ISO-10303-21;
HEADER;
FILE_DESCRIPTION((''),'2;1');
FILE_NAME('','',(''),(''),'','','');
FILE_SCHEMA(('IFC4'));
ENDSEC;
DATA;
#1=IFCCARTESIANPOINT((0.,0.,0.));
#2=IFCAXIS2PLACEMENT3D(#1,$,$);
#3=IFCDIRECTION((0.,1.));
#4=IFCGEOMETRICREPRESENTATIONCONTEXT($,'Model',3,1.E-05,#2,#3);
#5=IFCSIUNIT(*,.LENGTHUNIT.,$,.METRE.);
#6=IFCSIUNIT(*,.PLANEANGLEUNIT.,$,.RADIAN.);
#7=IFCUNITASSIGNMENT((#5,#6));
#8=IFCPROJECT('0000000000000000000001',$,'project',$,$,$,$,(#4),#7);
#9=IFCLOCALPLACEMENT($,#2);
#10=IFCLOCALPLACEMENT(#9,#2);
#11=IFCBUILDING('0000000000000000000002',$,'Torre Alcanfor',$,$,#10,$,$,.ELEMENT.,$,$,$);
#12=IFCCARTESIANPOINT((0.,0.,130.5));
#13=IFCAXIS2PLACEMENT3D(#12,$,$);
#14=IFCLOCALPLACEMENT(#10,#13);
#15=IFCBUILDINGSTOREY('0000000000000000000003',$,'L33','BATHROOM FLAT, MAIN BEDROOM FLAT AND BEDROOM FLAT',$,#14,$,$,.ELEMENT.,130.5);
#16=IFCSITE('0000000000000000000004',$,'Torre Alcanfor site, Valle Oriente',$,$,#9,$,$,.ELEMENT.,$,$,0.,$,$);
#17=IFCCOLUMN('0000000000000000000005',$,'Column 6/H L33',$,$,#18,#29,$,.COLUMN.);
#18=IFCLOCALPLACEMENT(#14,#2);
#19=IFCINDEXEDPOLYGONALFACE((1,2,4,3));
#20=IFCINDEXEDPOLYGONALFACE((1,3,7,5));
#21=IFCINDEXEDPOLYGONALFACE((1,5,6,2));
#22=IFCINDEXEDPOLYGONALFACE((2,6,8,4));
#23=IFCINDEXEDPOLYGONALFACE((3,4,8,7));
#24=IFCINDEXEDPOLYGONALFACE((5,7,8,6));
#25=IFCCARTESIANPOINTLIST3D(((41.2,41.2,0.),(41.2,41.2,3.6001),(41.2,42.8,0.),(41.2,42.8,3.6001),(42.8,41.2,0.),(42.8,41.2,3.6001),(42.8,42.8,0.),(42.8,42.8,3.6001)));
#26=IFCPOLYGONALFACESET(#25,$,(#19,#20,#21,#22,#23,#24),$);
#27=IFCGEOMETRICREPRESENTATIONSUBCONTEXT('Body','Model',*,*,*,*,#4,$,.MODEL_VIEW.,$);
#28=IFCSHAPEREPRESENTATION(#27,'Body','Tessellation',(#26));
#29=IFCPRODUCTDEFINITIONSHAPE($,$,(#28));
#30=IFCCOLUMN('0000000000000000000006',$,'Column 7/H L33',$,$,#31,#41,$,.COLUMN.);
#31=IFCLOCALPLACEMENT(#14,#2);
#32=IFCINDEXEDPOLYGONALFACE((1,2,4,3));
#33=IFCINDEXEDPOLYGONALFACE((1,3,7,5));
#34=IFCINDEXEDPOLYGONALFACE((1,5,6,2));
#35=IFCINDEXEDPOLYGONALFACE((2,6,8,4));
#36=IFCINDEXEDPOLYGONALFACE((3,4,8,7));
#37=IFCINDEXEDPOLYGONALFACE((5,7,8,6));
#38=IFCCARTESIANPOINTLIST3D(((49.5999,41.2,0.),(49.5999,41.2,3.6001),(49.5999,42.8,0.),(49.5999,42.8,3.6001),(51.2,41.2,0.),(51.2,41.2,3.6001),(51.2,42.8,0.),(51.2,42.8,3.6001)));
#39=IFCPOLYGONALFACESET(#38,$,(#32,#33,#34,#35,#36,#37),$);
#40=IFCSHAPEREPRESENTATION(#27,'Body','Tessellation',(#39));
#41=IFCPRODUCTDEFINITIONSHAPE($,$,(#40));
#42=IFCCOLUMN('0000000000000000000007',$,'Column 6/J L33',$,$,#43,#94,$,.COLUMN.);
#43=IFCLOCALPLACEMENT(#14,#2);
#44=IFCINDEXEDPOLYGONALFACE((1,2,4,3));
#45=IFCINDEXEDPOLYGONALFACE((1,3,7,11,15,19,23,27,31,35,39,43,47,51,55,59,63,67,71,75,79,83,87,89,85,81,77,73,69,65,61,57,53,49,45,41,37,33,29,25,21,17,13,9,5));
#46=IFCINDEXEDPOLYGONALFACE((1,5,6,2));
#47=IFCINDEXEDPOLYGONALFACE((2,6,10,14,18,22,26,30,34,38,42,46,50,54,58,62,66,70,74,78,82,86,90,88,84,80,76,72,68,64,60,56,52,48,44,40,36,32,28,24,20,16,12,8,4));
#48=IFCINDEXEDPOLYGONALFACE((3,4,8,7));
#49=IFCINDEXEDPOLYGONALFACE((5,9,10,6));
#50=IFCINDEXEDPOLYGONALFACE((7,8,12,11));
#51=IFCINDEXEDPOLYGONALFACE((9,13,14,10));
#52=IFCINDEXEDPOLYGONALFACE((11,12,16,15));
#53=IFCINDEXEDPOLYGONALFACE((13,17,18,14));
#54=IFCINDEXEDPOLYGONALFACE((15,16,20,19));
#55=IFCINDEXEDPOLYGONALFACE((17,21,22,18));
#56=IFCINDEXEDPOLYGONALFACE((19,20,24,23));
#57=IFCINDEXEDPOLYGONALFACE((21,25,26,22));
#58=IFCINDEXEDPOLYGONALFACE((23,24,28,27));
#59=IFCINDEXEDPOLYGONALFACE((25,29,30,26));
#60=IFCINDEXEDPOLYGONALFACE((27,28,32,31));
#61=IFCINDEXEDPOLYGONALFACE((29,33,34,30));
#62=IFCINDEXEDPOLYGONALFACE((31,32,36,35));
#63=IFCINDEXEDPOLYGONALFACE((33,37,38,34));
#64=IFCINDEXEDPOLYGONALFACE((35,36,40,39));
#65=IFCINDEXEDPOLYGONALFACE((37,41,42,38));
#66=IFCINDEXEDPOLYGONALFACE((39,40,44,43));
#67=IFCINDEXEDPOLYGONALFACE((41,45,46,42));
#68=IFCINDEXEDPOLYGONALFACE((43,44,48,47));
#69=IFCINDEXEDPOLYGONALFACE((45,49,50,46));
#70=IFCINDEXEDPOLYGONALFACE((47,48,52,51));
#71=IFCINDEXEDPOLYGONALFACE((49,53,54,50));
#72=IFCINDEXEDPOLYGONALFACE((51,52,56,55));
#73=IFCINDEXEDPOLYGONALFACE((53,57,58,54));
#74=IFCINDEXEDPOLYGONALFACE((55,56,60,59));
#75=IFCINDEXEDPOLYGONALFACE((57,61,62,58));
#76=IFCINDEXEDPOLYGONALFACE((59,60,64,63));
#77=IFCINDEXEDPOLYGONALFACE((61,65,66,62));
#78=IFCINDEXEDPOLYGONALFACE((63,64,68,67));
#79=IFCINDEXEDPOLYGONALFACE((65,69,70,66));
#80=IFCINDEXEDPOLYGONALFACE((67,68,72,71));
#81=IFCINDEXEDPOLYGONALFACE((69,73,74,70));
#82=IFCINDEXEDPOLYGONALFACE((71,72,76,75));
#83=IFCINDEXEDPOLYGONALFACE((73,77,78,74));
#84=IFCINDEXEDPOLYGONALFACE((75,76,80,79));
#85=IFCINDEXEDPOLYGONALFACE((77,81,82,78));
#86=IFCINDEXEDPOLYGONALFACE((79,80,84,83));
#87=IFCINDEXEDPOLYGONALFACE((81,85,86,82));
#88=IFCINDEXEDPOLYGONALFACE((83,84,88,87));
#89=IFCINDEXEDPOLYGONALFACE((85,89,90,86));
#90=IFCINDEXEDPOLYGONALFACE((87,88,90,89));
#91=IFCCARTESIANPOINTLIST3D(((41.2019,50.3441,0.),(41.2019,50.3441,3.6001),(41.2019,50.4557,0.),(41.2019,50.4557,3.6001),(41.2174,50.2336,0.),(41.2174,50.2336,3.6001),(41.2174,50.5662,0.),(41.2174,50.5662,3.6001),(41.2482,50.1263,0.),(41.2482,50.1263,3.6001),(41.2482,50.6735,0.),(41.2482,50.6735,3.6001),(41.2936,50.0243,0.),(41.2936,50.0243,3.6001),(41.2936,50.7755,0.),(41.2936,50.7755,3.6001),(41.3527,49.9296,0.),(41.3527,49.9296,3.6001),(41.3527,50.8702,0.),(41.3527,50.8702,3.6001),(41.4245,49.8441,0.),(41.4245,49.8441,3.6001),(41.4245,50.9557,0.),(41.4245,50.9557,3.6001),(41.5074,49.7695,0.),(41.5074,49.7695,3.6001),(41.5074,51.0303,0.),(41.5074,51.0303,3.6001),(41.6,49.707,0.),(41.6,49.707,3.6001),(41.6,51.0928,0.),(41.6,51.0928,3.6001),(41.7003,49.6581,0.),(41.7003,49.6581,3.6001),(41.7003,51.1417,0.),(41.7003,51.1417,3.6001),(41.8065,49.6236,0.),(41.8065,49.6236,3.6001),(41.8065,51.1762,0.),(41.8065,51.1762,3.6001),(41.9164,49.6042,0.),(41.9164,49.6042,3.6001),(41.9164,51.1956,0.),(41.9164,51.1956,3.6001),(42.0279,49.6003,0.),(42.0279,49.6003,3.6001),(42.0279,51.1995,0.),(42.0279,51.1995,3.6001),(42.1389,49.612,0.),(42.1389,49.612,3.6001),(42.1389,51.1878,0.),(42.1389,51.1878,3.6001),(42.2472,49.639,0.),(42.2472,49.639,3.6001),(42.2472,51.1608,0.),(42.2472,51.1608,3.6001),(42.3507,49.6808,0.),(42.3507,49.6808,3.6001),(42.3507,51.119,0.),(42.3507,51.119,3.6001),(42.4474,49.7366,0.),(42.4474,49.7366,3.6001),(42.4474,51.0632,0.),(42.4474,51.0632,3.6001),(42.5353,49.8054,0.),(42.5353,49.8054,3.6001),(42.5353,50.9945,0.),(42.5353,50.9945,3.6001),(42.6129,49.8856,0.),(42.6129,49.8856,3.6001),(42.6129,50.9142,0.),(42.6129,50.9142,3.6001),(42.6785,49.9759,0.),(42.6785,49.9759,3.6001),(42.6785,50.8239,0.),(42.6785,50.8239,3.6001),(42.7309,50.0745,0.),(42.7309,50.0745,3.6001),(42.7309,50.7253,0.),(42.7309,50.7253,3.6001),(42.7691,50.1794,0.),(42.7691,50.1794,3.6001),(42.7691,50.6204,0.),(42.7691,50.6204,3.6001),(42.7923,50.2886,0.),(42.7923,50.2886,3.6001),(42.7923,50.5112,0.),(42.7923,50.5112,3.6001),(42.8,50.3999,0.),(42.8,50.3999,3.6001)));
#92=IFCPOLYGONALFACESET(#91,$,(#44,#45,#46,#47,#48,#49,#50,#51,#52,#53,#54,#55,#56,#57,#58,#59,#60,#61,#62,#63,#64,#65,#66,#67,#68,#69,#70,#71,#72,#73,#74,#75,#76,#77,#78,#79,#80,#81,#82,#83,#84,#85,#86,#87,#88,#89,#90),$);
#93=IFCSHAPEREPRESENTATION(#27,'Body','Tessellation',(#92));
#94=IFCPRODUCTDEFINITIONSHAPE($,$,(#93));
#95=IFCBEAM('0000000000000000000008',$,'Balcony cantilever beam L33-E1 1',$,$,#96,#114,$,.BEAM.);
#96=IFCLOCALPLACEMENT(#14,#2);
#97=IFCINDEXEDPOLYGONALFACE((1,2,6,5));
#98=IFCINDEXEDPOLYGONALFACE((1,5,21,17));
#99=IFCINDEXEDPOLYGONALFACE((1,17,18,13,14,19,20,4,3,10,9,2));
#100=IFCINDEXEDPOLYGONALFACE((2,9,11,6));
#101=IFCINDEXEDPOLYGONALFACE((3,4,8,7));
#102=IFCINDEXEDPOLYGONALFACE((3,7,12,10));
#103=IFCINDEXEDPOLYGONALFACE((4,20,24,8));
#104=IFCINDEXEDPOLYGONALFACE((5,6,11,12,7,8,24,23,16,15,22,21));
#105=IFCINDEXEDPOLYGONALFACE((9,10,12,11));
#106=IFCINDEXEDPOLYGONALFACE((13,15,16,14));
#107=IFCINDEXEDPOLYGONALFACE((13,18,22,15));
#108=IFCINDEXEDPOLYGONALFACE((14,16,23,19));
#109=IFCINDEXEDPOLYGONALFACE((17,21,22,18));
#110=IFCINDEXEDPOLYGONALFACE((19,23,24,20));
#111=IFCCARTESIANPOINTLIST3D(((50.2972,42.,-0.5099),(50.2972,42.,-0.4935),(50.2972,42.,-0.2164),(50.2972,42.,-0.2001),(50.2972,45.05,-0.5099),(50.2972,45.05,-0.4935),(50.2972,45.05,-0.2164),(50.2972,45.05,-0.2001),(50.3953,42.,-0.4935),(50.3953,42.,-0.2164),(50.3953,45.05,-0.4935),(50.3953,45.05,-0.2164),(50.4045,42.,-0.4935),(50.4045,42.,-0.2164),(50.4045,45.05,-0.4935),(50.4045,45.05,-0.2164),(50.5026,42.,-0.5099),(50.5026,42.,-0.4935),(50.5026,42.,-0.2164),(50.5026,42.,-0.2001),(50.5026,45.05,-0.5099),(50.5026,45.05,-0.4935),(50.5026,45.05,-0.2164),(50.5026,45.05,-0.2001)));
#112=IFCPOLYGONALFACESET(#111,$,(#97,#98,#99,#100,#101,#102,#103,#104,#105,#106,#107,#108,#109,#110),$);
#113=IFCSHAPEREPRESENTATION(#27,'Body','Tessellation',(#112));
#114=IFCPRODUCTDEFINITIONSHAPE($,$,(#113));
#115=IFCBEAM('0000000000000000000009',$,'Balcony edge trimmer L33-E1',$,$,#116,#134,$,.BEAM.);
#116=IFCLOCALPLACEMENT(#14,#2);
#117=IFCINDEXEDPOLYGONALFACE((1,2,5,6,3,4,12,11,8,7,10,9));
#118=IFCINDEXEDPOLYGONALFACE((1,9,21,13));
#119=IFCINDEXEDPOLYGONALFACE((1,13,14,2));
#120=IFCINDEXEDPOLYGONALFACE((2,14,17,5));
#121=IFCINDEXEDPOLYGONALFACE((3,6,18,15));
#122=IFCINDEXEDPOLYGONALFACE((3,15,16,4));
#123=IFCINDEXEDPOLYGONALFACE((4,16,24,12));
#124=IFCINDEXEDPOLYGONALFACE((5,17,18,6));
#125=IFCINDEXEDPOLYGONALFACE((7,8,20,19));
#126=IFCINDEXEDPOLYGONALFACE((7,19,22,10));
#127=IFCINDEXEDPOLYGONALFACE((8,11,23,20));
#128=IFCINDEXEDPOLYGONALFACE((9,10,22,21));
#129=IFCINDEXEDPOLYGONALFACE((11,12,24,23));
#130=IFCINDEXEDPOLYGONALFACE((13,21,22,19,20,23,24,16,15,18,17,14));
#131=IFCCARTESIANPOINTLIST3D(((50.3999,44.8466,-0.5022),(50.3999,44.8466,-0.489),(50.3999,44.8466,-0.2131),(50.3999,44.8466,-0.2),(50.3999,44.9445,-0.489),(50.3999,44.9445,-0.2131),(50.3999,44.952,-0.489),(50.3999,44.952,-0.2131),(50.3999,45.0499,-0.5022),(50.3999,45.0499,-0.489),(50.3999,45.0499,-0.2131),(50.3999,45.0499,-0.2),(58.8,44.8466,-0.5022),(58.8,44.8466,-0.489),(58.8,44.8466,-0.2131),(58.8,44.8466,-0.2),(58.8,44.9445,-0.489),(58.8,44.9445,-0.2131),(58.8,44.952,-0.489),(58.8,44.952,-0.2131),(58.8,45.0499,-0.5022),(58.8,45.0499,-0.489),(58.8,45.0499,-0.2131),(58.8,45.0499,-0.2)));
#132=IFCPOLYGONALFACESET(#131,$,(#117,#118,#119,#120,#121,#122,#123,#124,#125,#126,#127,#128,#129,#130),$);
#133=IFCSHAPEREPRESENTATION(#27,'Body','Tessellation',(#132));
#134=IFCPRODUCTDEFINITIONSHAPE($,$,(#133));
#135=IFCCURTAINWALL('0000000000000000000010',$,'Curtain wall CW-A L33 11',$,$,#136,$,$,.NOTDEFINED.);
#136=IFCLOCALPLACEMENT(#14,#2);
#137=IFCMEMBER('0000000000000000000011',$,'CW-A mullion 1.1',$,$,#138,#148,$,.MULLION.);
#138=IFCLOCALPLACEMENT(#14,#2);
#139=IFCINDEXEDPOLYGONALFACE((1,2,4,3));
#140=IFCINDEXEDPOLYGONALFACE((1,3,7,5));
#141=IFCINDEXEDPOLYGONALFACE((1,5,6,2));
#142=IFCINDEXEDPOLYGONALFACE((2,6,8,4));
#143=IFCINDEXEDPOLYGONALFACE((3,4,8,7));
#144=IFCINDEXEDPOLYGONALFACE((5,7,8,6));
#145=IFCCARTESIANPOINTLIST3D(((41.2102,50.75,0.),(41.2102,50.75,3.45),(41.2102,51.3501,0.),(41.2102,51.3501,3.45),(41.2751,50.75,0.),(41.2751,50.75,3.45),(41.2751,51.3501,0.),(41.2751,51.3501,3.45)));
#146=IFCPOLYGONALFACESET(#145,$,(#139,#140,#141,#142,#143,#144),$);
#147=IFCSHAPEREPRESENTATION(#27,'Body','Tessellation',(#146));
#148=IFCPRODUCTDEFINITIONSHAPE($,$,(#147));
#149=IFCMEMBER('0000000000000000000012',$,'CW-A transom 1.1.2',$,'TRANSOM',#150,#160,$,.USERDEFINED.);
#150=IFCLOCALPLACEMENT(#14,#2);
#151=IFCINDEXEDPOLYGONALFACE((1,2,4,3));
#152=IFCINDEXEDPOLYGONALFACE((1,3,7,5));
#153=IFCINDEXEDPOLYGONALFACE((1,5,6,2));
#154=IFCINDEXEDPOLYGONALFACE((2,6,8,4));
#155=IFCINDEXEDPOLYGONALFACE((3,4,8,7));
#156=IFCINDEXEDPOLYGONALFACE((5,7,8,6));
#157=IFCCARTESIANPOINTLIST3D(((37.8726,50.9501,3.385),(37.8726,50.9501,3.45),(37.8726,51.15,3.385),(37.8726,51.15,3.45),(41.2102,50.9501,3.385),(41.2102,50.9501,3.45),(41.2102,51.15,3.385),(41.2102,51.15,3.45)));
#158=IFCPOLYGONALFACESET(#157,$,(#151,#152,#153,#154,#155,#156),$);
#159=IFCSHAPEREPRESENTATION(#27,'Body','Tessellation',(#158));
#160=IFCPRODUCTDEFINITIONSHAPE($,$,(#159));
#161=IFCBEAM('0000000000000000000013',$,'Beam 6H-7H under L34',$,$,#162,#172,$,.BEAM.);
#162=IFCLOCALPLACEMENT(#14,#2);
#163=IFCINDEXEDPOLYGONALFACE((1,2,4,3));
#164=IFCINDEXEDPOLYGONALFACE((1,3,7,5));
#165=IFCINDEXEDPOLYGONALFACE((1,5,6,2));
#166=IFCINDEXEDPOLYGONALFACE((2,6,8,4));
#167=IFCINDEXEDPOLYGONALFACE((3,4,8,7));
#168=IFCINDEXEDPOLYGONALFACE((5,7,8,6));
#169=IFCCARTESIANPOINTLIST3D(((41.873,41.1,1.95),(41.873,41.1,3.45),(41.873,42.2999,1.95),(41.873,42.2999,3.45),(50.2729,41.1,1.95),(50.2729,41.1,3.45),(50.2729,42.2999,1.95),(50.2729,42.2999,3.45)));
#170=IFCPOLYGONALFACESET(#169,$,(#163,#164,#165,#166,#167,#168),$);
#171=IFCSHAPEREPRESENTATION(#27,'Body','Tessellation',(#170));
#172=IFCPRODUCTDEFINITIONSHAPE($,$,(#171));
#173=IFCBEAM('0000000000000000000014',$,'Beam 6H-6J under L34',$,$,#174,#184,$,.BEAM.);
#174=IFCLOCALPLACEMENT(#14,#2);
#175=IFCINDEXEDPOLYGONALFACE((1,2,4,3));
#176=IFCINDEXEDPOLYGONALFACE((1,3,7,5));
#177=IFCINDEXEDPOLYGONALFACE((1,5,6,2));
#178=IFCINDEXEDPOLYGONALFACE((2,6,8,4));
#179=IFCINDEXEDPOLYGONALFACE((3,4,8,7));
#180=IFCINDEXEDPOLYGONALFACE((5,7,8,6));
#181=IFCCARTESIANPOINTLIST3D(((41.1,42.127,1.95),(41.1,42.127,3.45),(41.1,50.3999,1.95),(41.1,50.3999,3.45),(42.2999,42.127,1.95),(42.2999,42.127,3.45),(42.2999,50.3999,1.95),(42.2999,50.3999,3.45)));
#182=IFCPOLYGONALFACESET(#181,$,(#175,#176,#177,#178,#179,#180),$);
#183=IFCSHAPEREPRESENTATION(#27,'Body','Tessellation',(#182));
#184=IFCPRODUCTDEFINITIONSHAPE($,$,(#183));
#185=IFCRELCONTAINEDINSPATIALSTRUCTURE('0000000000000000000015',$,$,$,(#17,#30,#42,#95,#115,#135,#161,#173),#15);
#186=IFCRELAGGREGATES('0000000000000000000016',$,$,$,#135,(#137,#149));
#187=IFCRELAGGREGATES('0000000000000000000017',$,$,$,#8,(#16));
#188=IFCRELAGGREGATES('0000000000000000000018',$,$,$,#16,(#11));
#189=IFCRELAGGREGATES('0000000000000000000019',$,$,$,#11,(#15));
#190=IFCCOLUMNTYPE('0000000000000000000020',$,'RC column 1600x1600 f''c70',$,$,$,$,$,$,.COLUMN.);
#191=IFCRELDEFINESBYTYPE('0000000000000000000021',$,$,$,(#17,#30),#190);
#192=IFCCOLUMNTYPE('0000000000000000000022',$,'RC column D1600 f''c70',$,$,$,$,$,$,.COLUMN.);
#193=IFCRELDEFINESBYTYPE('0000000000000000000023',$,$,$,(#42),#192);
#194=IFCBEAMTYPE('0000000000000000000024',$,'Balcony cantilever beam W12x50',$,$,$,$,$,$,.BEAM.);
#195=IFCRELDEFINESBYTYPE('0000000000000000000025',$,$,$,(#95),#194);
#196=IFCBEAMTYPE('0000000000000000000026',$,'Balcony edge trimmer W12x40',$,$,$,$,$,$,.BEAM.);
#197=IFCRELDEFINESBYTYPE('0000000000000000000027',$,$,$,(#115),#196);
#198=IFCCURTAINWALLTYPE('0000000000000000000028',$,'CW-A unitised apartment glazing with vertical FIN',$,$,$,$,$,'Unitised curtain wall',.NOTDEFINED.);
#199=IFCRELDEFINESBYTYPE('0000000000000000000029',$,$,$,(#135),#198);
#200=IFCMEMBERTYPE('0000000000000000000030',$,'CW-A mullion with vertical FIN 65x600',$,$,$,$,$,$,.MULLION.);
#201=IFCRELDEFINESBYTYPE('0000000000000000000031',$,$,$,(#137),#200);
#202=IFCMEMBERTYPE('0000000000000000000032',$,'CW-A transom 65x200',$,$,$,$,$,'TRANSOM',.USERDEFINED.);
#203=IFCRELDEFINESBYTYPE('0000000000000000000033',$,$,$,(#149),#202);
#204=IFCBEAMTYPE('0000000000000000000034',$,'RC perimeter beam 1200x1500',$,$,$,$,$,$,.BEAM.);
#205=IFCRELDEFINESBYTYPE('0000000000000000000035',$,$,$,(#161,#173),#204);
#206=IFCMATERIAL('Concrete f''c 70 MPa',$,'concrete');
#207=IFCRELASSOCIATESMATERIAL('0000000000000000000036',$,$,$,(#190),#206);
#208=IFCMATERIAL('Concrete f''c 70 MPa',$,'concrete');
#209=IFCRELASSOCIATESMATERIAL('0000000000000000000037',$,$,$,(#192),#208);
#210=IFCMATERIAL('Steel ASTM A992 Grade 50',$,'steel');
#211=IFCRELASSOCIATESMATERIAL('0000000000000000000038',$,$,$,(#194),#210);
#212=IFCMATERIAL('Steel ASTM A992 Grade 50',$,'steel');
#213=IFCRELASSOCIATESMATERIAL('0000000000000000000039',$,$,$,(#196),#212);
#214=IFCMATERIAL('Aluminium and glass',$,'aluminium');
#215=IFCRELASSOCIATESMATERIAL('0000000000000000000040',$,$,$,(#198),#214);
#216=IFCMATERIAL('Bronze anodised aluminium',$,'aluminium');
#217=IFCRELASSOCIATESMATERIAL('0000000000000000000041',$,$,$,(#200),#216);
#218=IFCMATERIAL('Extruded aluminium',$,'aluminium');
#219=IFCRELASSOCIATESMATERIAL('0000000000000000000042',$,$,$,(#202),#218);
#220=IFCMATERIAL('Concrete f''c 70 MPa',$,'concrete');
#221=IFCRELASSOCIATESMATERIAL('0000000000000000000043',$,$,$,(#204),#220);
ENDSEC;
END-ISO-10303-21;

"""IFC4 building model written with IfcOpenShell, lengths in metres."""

from ifc_helpers import new_model, si_unit, direction, frame, origin, origin_2d, place, context, subcontext, project, spatial, rectangle, circle, i_section, extrude, material, material_profile, profile_set, type_object, element, aggregate, save


model = new_model("IFC4")

# Units and contexts
model_context = context("Model", 3, precision=1e-05, world=origin(), true_north=direction((0.0, 1.0)))
body_context = subcontext(model_context, "Body", "Model", "MODEL_VIEW")
ifc_project = project(units=[si_unit("LENGTHUNIT", "METRE"), si_unit("PLANEANGLEUNIT", "RADIAN")], contexts=[model_context])

# Site, building, storey
site_placement = place(None, origin())
site = spatial("IfcSite", under=ifc_project, at=site_placement, Name="Torre Alcanfor site, Valle Oriente", CompositionType="ELEMENT", RefElevation=0.0)
building_placement = place(site_placement, origin())
building = spatial("IfcBuilding", under=site, at=building_placement, Name="Torre Alcanfor", CompositionType="ELEMENT")
storey_placement = place(building_placement, frame((0.0, 0.0, 130.5)))
storey = spatial("IfcBuildingStorey", under=building, at=storey_placement, Name="L33", Description="BATHROOM FLAT, MAIN BEDROOM FLAT AND BEDROOM FLAT", CompositionType="ELEMENT", Elevation=130.5)

# Columns
ifc_material_1 = material(Name="Concrete f'c 70 MPa", Category="concrete")
ifc_material_profile_1 = material_profile(ifc_material_1, rectangle(XDim=1.6001, YDim=1.6001, at=origin_2d()), Name="1600x1600")
ifc_profile_set_1 = profile_set([ifc_material_profile_1], Name="Concrete f'c 70 MPa")
column_type_1 = type_object("IfcColumnType", Name="RC column 1600x1600 f'c70", PredefinedType="COLUMN", material=ifc_profile_set_1)
for number, where, z_axis, x_axis, name in (
    (1, (42.0, 42.0, 0.0), (0.0, 0.0, 1.0), (1.0, 0.0, 0.0), "Column 6/H L33"),
    (2, (50.3999, 42.0, 0.0), (0.0, 0.0, 1.0), (1.0, 0.0, 0.0), "Column 7/H L33"),
):
    element("IfcColumn", number, at=place(storey_placement, frame(where, z_axis=z_axis, x_axis=x_axis)), inside=storey, type_object=column_type_1, Name=name, PredefinedType="COLUMN", context=body_context, shape_type="SweptSolid", body=[
        extrude(rectangle(XDim=1.6001, YDim=1.6001, at=origin_2d()), origin(), (0.0, 0.0, 1.0), 3.6001),
    ])
ifc_material_2 = material(Name="Concrete f'c 70 MPa", Category="concrete")
ifc_material_profile_2 = material_profile(ifc_material_2, circle(Radius=0.8, at=origin_2d()), Name="D1600")
ifc_profile_set_2 = profile_set([ifc_material_profile_2], Name="Concrete f'c 70 MPa")
column_type_2 = type_object("IfcColumnType", Name="RC column D1600 f'c70", PredefinedType="COLUMN", material=ifc_profile_set_2)
column_placement = place(storey_placement, frame((42.0, 50.3999, 0.0), z_axis=(0.0, 0.0, 1.0), x_axis=(1.0, 0.0, 0.0)))
element("IfcColumn", 3, at=column_placement, inside=storey, type_object=column_type_2, Name="Column 6/J L33", PredefinedType="COLUMN", context=body_context, shape_type="SweptSolid", body=[
    extrude(circle(Radius=0.8, at=origin_2d()), origin(), (0.0, 0.0, 1.0), 3.6001),
])

# Beams
ifc_material_3 = material(Name="Steel ASTM A992 Grade 50", Category="steel")
ifc_material_profile_3 = material_profile(ifc_material_3, i_section(OverallWidth=0.2053, OverallDepth=0.3098, WebThickness=0.0093, FlangeThickness=0.0164, at=origin_2d()), Name="W12x50")
ifc_profile_set_3 = profile_set([ifc_material_profile_3], Name="Steel ASTM A992 Grade 50")
beam_type_1 = type_object("IfcBeamType", Name="Balcony cantilever beam W12x50", PredefinedType="BEAM", material=ifc_profile_set_3)
beam_1_placement = place(storey_placement, frame((50.3999, 42.0, -0.355), z_axis=(0.0, 1.0, 0.0), x_axis=(-1.0, 0.0, 0.0)))
element("IfcBeam", 4, at=beam_1_placement, inside=storey, type_object=beam_type_1, Name="Balcony cantilever beam L33-E1 1", PredefinedType="BEAM", context=body_context, shape_type="SweptSolid", body=[
    extrude(i_section(OverallWidth=0.2053, OverallDepth=0.3098, WebThickness=0.0093, FlangeThickness=0.0164, at=origin_2d()), origin(), (0.0, 0.0, 1.0), 3.05),
])
ifc_material_4 = material(Name="Steel ASTM A992 Grade 50", Category="steel")
ifc_material_profile_4 = material_profile(ifc_material_4, i_section(OverallWidth=0.2034, OverallDepth=0.3022, WebThickness=0.0076, FlangeThickness=0.0132, at=origin_2d()), Name="W12x40")
ifc_profile_set_4 = profile_set([ifc_material_profile_4], Name="Steel ASTM A992 Grade 50")
beam_type_2 = type_object("IfcBeamType", Name="Balcony edge trimmer W12x40", PredefinedType="BEAM", material=ifc_profile_set_4)
beam_2_placement = place(storey_placement, frame((50.3999, 44.9482, -0.3511), z_axis=(1.0, 0.0, 0.0), x_axis=(0.0, 1.0, 0.0)))
element("IfcBeam", 5, at=beam_2_placement, inside=storey, type_object=beam_type_2, Name="Balcony edge trimmer L33-E1", PredefinedType="BEAM", context=body_context, shape_type="SweptSolid", body=[
    extrude(i_section(OverallWidth=0.2034, OverallDepth=0.3022, WebThickness=0.0076, FlangeThickness=0.0132, at=origin_2d()), origin(), (0.0, 0.0, 1.0), 8.4001),
])

# Curtain wall, members
ifc_material_5 = material(Name="Aluminium and glass", Category="aluminium")
curtain_wall_type = type_object("IfcCurtainWallType", Name="CW-A unitised apartment glazing with vertical FIN", ElementType="Unitised curtain wall", PredefinedType="NOTDEFINED", material=ifc_material_5)
curtain_wall_placement = place(storey_placement, origin())
curtain_wall = element("IfcCurtainWall", 6, at=curtain_wall_placement, inside=storey, type_object=curtain_wall_type, Name="Curtain wall CW-A L33 11", PredefinedType="NOTDEFINED")
ifc_material_6 = material(Name="Bronze anodised aluminium", Category="aluminium")
ifc_material_profile_5 = material_profile(ifc_material_6, rectangle(XDim=0.6001, YDim=0.0649, at=origin_2d()), Name="CW-A mullion 65x600")
ifc_profile_set_5 = profile_set([ifc_material_profile_5], Name="Bronze anodised aluminium")
member_type_1 = type_object("IfcMemberType", Name="CW-A mullion with vertical FIN 65x600", PredefinedType="MULLION", material=ifc_profile_set_5)
member_1_placement = place(storey_placement, frame((41.2427, 51.05, 0.0), z_axis=(0.0, 0.0, 1.0), x_axis=(0.0, -1.0, 0.0)))
member_1 = element("IfcMember", 7, at=member_1_placement, type_object=member_type_1, Name="CW-A mullion 1.1", PredefinedType="MULLION", context=body_context, shape_type="SweptSolid", body=[
    extrude(rectangle(XDim=0.6001, YDim=0.0649, at=origin_2d()), origin(), (0.0, 0.0, 1.0), 3.45),
])
ifc_material_7 = material(Name="Extruded aluminium", Category="aluminium")
ifc_material_profile_6 = material_profile(ifc_material_7, rectangle(XDim=0.2, YDim=0.0649, at=origin_2d()), Name="CW-A transom 200x65")
ifc_profile_set_6 = profile_set([ifc_material_profile_6], Name="Extruded aluminium")
member_type_2 = type_object("IfcMemberType", Name="CW-A transom 65x200", ElementType="TRANSOM", PredefinedType="USERDEFINED", material=ifc_profile_set_6)
member_2_placement = place(storey_placement, frame((41.2102, 51.05, 3.4175), z_axis=(-1.0, 0.0, 0.0), x_axis=(0.0, -1.0, 0.0)))
member_2 = element("IfcMember", 8, at=member_2_placement, type_object=member_type_2, Name="CW-A transom 1.1.2", ObjectType="TRANSOM", PredefinedType="USERDEFINED", context=body_context, shape_type="SweptSolid", body=[
    extrude(rectangle(XDim=0.2, YDim=0.0649, at=origin_2d()), origin(), (0.0, 0.0, 1.0), 3.3376),
])
aggregate(curtain_wall, [member_1, member_2])

# Beams
ifc_material_8 = material(Name="Concrete f'c 70 MPa", Category="concrete")
ifc_material_profile_7 = material_profile(ifc_material_8, rectangle(XDim=1.2, YDim=1.5, at=origin_2d()), Name="1200x1500")
ifc_profile_set_7 = profile_set([ifc_material_profile_7], Name="Concrete f'c 70 MPa")
beam_type_3 = type_object("IfcBeamType", Name="RC perimeter beam 1200x1500", PredefinedType="BEAM", material=ifc_profile_set_7)
beam_3_placement = place(storey_placement, frame((41.873, 41.7, 2.7), z_axis=(1.0, 0.0, 0.0), x_axis=(0.0, 1.0, 0.0)))
element("IfcBeam", 9, at=beam_3_placement, inside=storey, type_object=beam_type_3, Name="Beam 6H-7H under L34", PredefinedType="BEAM", context=body_context, shape_type="SweptSolid", body=[
    extrude(rectangle(XDim=1.2, YDim=1.5, at=origin_2d()), origin(), (0.0, 0.0, 1.0), 8.3999),
])
beam_4_placement = place(storey_placement, frame((41.7, 42.127, 2.7), z_axis=(0.0, 1.0, 0.0), x_axis=(-1.0, 0.0, 0.0)))
element("IfcBeam", 10, at=beam_4_placement, inside=storey, type_object=beam_type_3, Name="Beam 6H-6J under L34", PredefinedType="BEAM", context=body_context, shape_type="SweptSolid", body=[
    extrude(rectangle(XDim=1.2, YDim=1.5, at=origin_2d()), origin(), (0.0, 0.0, 1.0), 8.2729),
])

save(model, "model.ifc")
